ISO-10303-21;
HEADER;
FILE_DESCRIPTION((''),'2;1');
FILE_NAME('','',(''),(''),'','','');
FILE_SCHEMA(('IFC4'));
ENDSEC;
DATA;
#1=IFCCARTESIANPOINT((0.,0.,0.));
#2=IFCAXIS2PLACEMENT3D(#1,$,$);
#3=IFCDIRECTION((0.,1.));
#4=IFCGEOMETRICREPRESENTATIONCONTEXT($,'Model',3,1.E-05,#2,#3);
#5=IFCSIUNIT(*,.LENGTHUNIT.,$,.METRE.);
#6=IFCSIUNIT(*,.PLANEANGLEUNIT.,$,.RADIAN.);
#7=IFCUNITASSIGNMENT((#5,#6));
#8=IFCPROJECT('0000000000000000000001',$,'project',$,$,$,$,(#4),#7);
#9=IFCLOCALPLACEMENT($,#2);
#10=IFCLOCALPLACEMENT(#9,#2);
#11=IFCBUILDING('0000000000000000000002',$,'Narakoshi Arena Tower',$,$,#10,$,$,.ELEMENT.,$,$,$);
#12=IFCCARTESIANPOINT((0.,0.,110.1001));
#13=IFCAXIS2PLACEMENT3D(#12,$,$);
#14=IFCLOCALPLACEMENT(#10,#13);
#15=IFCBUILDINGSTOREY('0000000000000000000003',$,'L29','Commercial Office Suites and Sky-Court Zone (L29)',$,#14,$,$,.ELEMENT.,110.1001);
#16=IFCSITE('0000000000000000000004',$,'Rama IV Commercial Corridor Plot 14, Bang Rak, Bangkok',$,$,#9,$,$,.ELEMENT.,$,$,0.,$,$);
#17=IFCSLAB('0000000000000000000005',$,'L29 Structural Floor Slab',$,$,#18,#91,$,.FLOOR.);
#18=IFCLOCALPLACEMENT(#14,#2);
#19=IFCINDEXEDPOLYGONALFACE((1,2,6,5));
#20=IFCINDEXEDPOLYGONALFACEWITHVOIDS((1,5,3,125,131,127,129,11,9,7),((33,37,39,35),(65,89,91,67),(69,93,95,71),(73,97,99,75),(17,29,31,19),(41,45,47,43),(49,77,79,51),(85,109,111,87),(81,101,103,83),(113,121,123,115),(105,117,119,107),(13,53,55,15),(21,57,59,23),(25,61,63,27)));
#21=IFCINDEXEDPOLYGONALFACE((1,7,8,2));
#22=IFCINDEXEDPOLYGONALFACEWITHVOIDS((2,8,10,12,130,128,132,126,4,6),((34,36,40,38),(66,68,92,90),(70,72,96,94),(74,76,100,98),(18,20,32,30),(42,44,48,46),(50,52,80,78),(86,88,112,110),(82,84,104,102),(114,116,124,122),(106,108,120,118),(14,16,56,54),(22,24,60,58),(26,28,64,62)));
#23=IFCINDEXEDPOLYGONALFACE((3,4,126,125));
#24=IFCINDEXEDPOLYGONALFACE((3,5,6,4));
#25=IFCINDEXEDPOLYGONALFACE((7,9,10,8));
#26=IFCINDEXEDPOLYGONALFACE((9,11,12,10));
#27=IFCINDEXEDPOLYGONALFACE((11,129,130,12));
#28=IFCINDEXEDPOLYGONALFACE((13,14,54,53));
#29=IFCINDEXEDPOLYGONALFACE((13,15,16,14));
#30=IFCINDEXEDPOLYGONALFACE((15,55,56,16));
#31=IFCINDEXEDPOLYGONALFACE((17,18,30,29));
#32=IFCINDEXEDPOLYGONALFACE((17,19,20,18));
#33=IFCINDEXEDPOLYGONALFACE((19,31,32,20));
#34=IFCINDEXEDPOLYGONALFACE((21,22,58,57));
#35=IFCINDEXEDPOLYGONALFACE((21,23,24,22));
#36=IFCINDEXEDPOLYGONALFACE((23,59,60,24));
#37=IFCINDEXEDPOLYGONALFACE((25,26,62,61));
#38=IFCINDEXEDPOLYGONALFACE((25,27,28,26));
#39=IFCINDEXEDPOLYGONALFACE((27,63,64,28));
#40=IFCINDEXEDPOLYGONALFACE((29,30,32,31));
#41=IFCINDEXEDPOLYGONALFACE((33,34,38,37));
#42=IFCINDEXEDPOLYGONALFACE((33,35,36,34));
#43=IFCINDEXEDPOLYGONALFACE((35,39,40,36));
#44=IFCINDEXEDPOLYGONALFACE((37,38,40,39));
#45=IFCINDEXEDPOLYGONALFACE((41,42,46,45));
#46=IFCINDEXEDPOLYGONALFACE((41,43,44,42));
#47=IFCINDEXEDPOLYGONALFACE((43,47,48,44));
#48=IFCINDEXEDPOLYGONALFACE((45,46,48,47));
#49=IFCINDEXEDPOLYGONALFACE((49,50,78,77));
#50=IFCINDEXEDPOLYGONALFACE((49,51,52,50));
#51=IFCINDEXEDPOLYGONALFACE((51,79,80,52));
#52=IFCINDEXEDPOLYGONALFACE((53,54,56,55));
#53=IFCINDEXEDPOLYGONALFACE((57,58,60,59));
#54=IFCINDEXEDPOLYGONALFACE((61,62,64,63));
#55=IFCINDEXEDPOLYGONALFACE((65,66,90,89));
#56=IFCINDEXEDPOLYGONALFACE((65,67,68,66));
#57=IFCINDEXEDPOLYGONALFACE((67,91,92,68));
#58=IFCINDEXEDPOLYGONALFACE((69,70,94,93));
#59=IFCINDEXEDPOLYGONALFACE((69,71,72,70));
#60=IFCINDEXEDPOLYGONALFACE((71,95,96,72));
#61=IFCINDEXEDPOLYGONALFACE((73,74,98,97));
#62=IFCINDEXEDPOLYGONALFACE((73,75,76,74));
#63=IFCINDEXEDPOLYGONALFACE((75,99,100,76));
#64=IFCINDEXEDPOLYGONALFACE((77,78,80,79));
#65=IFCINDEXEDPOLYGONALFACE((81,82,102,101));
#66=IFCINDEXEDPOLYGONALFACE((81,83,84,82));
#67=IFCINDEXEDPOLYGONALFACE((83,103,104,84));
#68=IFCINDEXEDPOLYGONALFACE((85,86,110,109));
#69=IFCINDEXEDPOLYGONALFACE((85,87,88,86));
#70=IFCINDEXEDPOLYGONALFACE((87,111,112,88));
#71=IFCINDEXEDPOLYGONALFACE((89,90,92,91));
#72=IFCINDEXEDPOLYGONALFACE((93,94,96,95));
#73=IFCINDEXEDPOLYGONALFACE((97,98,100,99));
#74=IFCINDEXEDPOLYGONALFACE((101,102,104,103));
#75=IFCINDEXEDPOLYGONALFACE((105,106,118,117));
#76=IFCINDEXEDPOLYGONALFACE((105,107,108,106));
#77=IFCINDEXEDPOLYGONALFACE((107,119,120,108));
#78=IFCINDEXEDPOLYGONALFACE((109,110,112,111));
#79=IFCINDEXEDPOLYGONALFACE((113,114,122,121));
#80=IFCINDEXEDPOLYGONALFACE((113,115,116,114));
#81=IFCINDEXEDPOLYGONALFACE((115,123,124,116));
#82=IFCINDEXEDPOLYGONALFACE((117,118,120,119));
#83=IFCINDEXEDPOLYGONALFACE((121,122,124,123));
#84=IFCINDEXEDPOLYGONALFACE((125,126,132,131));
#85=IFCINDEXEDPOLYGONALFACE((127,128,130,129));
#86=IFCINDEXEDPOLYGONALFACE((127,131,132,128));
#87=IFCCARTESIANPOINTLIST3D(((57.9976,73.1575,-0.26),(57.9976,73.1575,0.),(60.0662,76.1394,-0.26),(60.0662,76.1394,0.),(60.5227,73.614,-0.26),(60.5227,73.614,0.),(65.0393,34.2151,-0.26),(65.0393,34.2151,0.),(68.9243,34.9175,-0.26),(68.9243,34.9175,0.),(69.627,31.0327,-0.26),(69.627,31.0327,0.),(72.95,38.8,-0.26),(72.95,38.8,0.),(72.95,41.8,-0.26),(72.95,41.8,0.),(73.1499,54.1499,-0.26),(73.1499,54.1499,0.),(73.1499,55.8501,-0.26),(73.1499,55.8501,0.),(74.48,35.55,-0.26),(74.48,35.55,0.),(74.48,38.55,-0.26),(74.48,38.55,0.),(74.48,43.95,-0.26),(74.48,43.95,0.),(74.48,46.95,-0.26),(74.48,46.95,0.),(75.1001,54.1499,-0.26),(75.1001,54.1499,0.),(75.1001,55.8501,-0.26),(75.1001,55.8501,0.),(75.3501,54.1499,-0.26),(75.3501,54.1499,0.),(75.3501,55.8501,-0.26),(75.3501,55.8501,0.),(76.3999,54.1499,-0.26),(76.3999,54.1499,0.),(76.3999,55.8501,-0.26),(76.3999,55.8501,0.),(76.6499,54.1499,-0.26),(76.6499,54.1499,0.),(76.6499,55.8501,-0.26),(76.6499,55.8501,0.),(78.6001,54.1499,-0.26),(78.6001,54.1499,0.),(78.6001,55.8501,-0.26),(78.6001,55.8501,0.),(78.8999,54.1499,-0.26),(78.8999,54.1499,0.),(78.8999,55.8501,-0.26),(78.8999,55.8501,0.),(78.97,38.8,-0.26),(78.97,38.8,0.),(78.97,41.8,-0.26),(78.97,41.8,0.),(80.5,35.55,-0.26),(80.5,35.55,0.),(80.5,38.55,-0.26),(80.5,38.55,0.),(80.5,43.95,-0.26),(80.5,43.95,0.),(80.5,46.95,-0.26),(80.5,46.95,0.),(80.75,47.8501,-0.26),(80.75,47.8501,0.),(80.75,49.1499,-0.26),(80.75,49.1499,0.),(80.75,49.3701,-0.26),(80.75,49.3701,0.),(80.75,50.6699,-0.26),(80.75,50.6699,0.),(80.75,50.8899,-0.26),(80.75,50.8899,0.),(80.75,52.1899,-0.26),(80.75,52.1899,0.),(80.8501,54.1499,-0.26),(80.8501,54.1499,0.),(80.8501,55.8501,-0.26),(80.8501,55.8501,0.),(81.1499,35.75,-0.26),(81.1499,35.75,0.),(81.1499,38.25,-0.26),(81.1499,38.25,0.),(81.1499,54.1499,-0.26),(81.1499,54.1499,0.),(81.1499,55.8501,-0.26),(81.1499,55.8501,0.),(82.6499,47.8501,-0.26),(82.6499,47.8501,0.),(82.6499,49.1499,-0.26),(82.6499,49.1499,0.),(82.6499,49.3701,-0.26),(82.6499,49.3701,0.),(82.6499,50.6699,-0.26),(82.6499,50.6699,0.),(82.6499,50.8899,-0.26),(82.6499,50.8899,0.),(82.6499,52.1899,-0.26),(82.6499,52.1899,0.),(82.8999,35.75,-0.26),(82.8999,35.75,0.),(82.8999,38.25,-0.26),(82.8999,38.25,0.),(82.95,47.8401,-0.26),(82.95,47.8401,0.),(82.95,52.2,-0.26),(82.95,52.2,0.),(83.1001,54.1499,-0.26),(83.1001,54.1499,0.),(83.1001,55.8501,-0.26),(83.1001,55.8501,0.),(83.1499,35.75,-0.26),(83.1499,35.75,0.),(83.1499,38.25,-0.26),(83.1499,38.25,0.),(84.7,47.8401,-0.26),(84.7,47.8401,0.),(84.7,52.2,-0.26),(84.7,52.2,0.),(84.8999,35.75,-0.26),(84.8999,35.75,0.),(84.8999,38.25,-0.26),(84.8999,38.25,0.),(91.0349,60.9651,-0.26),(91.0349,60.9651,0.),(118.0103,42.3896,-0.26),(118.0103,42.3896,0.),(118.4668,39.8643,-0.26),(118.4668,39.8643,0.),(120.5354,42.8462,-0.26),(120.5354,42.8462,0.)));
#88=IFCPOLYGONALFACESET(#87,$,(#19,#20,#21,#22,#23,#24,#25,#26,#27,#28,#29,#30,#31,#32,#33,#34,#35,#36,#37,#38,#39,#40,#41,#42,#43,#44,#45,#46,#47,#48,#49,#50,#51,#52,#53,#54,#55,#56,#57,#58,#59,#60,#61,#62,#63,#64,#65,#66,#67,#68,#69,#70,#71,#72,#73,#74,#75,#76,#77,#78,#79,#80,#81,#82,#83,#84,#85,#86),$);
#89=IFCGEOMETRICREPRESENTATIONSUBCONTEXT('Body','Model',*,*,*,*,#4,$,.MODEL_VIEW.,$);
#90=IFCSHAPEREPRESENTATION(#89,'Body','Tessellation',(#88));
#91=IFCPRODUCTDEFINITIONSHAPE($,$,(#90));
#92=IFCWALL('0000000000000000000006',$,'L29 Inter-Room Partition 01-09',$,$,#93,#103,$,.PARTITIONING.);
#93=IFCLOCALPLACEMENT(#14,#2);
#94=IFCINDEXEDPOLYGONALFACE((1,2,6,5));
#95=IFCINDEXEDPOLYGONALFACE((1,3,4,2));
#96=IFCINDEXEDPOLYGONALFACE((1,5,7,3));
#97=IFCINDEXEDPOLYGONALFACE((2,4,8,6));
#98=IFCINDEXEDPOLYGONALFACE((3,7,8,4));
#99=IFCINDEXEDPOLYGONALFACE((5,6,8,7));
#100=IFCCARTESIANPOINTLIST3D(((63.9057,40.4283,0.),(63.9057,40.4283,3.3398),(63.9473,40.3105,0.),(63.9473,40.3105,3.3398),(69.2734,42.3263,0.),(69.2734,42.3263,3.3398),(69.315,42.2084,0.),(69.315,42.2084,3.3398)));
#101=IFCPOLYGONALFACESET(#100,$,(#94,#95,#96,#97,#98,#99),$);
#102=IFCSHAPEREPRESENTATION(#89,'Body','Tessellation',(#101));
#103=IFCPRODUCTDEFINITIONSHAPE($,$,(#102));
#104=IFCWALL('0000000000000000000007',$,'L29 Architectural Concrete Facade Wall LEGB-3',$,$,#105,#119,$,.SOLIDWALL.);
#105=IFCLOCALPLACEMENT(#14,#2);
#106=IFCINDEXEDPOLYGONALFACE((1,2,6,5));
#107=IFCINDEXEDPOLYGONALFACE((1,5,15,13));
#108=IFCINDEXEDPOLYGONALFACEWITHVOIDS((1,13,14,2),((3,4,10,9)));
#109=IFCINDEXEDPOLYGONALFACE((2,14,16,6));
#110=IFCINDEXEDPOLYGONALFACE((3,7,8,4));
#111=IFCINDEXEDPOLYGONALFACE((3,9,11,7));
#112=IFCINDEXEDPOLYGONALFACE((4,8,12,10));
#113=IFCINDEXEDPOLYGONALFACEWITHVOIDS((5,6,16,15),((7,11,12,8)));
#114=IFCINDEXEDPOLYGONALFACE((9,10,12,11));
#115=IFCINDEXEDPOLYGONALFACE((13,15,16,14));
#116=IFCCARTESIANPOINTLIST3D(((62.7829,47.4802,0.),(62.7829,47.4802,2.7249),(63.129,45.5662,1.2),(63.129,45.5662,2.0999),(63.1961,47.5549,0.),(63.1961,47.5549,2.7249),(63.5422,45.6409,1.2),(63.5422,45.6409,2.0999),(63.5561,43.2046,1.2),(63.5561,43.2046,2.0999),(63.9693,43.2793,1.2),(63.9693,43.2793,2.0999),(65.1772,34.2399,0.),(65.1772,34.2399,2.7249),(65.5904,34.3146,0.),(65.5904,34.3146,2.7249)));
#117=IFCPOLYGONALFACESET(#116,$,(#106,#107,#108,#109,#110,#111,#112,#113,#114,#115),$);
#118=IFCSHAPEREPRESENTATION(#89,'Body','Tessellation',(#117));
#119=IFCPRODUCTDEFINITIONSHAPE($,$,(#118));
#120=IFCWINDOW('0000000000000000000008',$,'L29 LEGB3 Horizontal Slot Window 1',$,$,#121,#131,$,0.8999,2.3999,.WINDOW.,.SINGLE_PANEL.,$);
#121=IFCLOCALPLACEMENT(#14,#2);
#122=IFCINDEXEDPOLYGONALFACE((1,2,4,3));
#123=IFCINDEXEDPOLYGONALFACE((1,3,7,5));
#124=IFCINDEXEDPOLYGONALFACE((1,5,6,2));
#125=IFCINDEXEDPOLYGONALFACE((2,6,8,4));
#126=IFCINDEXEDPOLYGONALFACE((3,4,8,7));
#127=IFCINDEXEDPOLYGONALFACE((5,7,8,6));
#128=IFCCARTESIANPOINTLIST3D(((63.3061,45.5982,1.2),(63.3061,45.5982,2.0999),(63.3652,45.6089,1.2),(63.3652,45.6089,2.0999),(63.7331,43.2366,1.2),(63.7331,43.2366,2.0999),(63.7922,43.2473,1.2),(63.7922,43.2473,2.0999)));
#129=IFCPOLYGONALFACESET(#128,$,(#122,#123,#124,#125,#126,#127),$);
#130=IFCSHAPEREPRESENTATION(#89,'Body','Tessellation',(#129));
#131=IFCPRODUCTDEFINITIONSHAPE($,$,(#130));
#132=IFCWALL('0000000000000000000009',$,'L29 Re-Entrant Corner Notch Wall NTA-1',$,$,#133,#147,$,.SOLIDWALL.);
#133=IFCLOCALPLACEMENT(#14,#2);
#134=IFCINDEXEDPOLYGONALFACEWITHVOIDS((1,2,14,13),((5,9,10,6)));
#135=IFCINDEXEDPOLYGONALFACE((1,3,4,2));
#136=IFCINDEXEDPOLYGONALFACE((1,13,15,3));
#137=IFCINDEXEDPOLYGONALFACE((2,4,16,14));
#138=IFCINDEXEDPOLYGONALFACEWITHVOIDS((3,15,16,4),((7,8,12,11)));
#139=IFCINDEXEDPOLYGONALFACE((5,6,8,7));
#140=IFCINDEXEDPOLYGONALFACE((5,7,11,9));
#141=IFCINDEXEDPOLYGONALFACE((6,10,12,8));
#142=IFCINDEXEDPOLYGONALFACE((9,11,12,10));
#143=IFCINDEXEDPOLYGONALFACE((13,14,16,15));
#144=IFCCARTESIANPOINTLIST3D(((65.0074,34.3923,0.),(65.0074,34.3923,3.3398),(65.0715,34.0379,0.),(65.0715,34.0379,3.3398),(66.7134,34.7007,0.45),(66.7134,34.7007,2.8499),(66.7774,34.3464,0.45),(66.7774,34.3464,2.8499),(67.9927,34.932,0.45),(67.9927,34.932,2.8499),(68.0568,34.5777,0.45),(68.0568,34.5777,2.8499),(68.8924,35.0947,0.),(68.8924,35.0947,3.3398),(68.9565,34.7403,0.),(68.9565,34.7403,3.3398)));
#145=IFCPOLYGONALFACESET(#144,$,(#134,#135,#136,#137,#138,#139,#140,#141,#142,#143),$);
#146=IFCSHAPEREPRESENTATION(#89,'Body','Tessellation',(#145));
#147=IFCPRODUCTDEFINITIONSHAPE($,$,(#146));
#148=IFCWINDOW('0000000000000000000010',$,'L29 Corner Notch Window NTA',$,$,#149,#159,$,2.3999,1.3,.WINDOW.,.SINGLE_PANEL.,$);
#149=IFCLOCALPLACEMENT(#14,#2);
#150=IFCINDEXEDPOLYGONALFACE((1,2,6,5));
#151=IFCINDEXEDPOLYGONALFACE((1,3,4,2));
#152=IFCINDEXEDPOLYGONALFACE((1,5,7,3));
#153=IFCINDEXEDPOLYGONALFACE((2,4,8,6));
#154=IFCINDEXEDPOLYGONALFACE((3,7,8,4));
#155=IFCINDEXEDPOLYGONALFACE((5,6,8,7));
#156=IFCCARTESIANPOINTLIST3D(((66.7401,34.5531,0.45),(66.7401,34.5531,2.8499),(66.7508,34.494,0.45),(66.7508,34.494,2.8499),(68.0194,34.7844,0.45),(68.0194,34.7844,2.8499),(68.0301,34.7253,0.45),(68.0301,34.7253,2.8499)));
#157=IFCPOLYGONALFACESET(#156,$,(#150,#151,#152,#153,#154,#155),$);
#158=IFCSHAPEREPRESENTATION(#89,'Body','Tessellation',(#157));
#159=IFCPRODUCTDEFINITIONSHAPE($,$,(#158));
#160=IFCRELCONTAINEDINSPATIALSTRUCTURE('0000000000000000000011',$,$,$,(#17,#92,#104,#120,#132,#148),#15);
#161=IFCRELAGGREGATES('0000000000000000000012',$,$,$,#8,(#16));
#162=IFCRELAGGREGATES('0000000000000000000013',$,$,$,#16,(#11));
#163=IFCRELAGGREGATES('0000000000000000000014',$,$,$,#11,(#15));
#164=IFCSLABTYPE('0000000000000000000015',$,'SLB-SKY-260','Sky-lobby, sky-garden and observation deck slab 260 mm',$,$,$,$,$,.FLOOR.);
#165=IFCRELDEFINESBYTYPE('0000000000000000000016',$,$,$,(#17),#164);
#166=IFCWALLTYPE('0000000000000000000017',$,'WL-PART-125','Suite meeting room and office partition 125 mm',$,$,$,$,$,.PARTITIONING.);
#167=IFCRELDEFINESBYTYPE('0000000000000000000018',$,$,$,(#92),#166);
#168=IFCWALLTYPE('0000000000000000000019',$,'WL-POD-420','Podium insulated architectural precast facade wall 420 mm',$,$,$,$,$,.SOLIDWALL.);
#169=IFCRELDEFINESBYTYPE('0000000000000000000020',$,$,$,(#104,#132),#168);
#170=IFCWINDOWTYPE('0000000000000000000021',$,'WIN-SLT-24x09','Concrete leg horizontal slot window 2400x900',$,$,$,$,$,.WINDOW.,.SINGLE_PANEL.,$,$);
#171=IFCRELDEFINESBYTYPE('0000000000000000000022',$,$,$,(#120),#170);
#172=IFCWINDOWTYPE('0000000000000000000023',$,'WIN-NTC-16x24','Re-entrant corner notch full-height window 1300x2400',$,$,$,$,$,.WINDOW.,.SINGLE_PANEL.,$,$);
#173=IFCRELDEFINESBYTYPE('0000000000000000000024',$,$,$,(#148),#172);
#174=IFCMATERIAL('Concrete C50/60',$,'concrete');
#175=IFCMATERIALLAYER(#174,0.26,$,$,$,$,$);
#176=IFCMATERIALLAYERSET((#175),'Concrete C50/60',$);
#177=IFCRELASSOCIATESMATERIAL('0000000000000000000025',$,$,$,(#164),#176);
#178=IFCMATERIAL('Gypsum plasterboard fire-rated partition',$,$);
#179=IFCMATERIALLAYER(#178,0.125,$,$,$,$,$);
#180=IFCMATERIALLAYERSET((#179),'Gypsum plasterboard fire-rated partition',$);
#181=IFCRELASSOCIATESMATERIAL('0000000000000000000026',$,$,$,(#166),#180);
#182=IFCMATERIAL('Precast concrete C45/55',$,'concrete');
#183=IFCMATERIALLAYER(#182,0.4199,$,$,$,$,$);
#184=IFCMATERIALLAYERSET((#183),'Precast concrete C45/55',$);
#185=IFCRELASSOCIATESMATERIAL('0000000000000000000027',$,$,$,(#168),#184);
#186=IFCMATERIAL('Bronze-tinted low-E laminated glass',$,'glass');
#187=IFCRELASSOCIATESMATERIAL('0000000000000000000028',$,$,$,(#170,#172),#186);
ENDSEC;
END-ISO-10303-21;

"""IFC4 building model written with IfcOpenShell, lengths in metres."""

from ifc_helpers import new_model, si_unit, direction, frame, frame_2d, origin, place, context, subcontext, project, spatial, polyline, rectangle, outline, extrude, material, layer, layer_set, type_object, element, fill, save


model = new_model("IFC4")

# Units and contexts
model_context = context("Model", 3, precision=1e-05, world=origin(), true_north=direction((0.0, 1.0)))
body_context = subcontext(model_context, "Body", "Model", "MODEL_VIEW")
ifc_project = project(units=[si_unit("LENGTHUNIT", "METRE"), si_unit("PLANEANGLEUNIT", "RADIAN")], contexts=[model_context])

# Site, building, storey
site_placement = place(None, origin())
site = spatial("IfcSite", under=ifc_project, at=site_placement, Name="Rama IV Commercial Corridor Plot 14, Bang Rak, Bangkok", CompositionType="ELEMENT", RefElevation=0.0)
building_placement = place(site_placement, origin())
building = spatial("IfcBuilding", under=site, at=building_placement, Name="Narakoshi Arena Tower", CompositionType="ELEMENT")
storey_placement = place(building_placement, frame((0.0, 0.0, 110.1001)))
storey = spatial("IfcBuildingStorey", under=building, at=storey_placement, Name="L29", Description="Commercial Office Suites and Sky-Court Zone (L29)", CompositionType="ELEMENT", Elevation=110.1001)

# Slab
ifc_material_1 = material(Name="Concrete C50/60", Category="concrete")
ifc_layer_1 = layer(ifc_material_1, 0.26)
ifc_layer_set_1 = layer_set([ifc_layer_1], Name="Concrete C50/60")
slab_type_1 = type_object("IfcSlabType", Name="SLB-SKY-260", Description="Sky-lobby, sky-garden and observation deck slab 260 mm", PredefinedType="FLOOR", material=ifc_layer_set_1)
slab_1_placement = place(storey_placement, frame((0.0, 0.0, -0.26)))
element("IfcSlab", 1, at=slab_1_placement, inside=storey, type_object=slab_type_1, Name="L29 Structural Floor Slab", PredefinedType="FLOOR", context=body_context, shape_type="SweptSolid", body=[
    extrude(outline(polyline([(69.627, 31.0327), (118.4668, 39.8643), (118.0103, 42.3896), (120.5354, 42.8462), (91.0349, 60.9651), (60.0662, 76.1394), (60.5227, 73.614), (57.9976, 73.1575), (65.0393, 34.2151), (68.9243, 34.9175), (69.627, 31.0327)]), holes=[polyline([(80.5, 35.55), (74.48, 35.55), (74.48, 38.55), (80.5, 38.55), (80.5, 35.55)]), polyline([(82.8999, 35.75), (81.1499, 35.75), (81.1499, 38.25), (82.8999, 38.25), (82.8999, 35.75)]), polyline([(83.1499, 35.75), (83.1499, 38.25), (84.8999, 38.25), (84.8999, 35.75), (83.1499, 35.75)]), polyline([(72.95, 38.8), (72.95, 41.8), (78.97, 41.8), (78.97, 38.8), (72.95, 38.8)]), polyline([(74.48, 43.95), (74.48, 46.95), (80.5, 46.95), (80.5, 43.95), (74.48, 43.95)]), polyline([(82.95, 47.8401), (82.95, 52.2), (84.7, 52.2), (84.7, 47.8401), (82.95, 47.8401)]), polyline([(80.75, 47.8501), (80.75, 49.1499), (82.6499, 49.1499), (82.6499, 47.8501), (80.75, 47.8501)]), polyline([(80.75, 49.3701), (80.75, 50.6699), (82.6499, 50.6699), (82.6499, 49.3701), (80.75, 49.3701)]), polyline([(80.75, 50.8899), (80.75, 52.1899), (82.6499, 52.1899), (82.6499, 50.8899), (80.75, 50.8899)]), polyline([(73.1499, 54.1499), (73.1499, 55.8501), (75.1001, 55.8501), (75.1001, 54.1499), (73.1499, 54.1499)]), polyline([(75.3501, 54.1499), (75.3501, 55.8501), (76.3999, 55.8501), (76.3999, 54.1499), (75.3501, 54.1499)]), polyline([(76.6499, 54.1499), (76.6499, 55.8501), (78.6001, 55.8501), (78.6001, 54.1499), (76.6499, 54.1499)]), polyline([(78.8999, 54.1499), (78.8999, 55.8501), (80.8501, 55.8501), (80.8501, 54.1499), (78.8999, 54.1499)]), polyline([(81.1499, 54.1499), (81.1499, 55.8501), (83.1001, 55.8501), (83.1001, 54.1499), (81.1499, 54.1499)])]), origin(), (0.0, 0.0, 1.0), 0.26),
])

# Wall
ifc_material_2 = material(Name="Gypsum plasterboard fire-rated partition")
ifc_layer_2 = layer(ifc_material_2, 0.125)
ifc_layer_set_2 = layer_set([ifc_layer_2], Name="Gypsum plasterboard fire-rated partition")
wall_type_1 = type_object("IfcWallType", Name="WL-PART-125", Description="Suite meeting room and office partition 125 mm", PredefinedType="PARTITIONING", material=ifc_layer_set_2)
wall_1_placement = place(storey_placement, frame((63.9265, 40.3694, 0.0), z_axis=(0.0, 0.0, 1.0), x_axis=(0.942799, 0.333363, 0.0)))
element("IfcWall", 2, at=wall_1_placement, inside=storey, type_object=wall_type_1, Name="L29 Inter-Room Partition 01-09", PredefinedType="PARTITIONING", context=body_context, shape_type="SweptSolid", body=[
    extrude(rectangle(XDim=5.6934, YDim=0.125, at=frame_2d((2.8467, 0.0))), origin(), (0.0, 0.0, 1.0), 3.3398),
])

# Walls, openings, windows
ifc_material_3 = material(Name="Precast concrete C45/55", Category="concrete")
ifc_layer_3 = layer(ifc_material_3, 0.4199)
ifc_layer_set_3 = layer_set([ifc_layer_3], Name="Precast concrete C45/55")
wall_type_2 = type_object("IfcWallType", Name="WL-POD-420", Description="Podium insulated architectural precast facade wall 420 mm", PredefinedType="SOLIDWALL", material=ifc_layer_set_3)
wall_2_placement = place(storey_placement, frame((62.9895, 47.5176, 0.0), z_axis=(0.0, 0.0, 1.0), x_axis=(0.177948, -0.98404, 0.0)))
wall_2 = element("IfcWall", 3, at=wall_2_placement, inside=storey, type_object=wall_type_2, Name="L29 Architectural Concrete Facade Wall LEGB-3", PredefinedType="SOLIDWALL", context=body_context, shape_type="SweptSolid", body=[
    extrude(rectangle(XDim=13.4551, YDim=0.4199, at=frame_2d((6.7275, 0.0))), origin(), (0.0, 0.0, 1.0), 2.7249),
])
opening_1_placement = place(wall_2_placement, frame((1.9451, 0.0, 1.2)))
opening_1 = element("IfcOpeningElement", 4, at=opening_1_placement, cuts=wall_2, PredefinedType="OPENING", context=body_context, shape_type="SweptSolid", body=[
    extrude(rectangle(XDim=2.3999, YDim=0.8999, at=frame_2d((1.2, 0.45))), frame((0.0, 0.22, 0.0), z_axis=(0.0, -1.0, 0.0), x_axis=(1.0, 0.0, 0.0)), (0.0, 0.0, 1.0), 0.4399),
])
ifc_material_4 = material(Name="Bronze-tinted low-E laminated glass", Category="glass")
window_type_1 = type_object("IfcWindowType", Name="WIN-SLT-24x09", Description="Concrete leg horizontal slot window 2400x900", PartitioningType="SINGLE_PANEL", PredefinedType="WINDOW", material=ifc_material_4)
window_1_placement = place(opening_1_placement, origin())
window_1 = element("IfcWindow", 5, at=window_1_placement, inside=storey, type_object=window_type_1, Name="L29 LEGB3 Horizontal Slot Window 1", OverallHeight=0.8999, OverallWidth=2.3999, PartitioningType="SINGLE_PANEL", PredefinedType="WINDOW", context=body_context, shape_type="SweptSolid", body=[
    extrude(rectangle(XDim=2.3999, YDim=0.8999, at=frame_2d((1.2, 0.45))), frame((0.0, 0.03, 0.0), z_axis=(0.0, -1.0, 0.0), x_axis=(1.0, 0.0, 0.0)), (0.0, 0.0, 1.0), 0.0601),
])
fill(opening_1, window_1)
wall_3_placement = place(storey_placement, frame((65.0393, 34.2151, 0.0), z_axis=(0.0, 0.0, 1.0), x_axis=(0.984047, 0.177911, 0.0)))
wall_3 = element("IfcWall", 6, at=wall_3_placement, inside=storey, type_object=wall_type_2, Name="L29 Re-Entrant Corner Notch Wall NTA-1", PredefinedType="SOLIDWALL", context=body_context, shape_type="SweptSolid", body=[
    extrude(rectangle(XDim=3.948, YDim=0.3601, at=frame_2d((1.9741, 0.0))), origin(), (0.0, 0.0, 1.0), 3.3398),
])
opening_2_placement = place(wall_3_placement, frame((1.7339, 0.0, 0.45)))
opening_2 = element("IfcOpeningElement", 7, at=opening_2_placement, cuts=wall_3, PredefinedType="OPENING", context=body_context, shape_type="SweptSolid", body=[
    extrude(rectangle(XDim=1.3, YDim=2.3999, at=frame_2d((0.6499, 1.2))), frame((0.0, 0.1899, 0.0), z_axis=(0.0, -1.0, 0.0), x_axis=(1.0, 0.0, 0.0)), (0.0, 0.0, 1.0), 0.3801),
])
window_type_2 = type_object("IfcWindowType", Name="WIN-NTC-16x24", Description="Re-entrant corner notch full-height window 1300x2400", PartitioningType="SINGLE_PANEL", PredefinedType="WINDOW", material=ifc_material_4)
window_2_placement = place(opening_2_placement, origin())
window_2 = element("IfcWindow", 8, at=window_2_placement, inside=storey, type_object=window_type_2, Name="L29 Corner Notch Window NTA", OverallHeight=2.3999, OverallWidth=1.3, PartitioningType="SINGLE_PANEL", PredefinedType="WINDOW", context=body_context, shape_type="SweptSolid", body=[
    extrude(rectangle(XDim=1.3, YDim=2.3999, at=frame_2d((0.6499, 1.2))), frame((0.0, 0.03, 0.0), z_axis=(0.0, -1.0, 0.0), x_axis=(1.0, 0.0, 0.0)), (0.0, 0.0, 1.0), 0.0601),
])
fill(opening_2, window_2)

save(model, "model.ifc")
